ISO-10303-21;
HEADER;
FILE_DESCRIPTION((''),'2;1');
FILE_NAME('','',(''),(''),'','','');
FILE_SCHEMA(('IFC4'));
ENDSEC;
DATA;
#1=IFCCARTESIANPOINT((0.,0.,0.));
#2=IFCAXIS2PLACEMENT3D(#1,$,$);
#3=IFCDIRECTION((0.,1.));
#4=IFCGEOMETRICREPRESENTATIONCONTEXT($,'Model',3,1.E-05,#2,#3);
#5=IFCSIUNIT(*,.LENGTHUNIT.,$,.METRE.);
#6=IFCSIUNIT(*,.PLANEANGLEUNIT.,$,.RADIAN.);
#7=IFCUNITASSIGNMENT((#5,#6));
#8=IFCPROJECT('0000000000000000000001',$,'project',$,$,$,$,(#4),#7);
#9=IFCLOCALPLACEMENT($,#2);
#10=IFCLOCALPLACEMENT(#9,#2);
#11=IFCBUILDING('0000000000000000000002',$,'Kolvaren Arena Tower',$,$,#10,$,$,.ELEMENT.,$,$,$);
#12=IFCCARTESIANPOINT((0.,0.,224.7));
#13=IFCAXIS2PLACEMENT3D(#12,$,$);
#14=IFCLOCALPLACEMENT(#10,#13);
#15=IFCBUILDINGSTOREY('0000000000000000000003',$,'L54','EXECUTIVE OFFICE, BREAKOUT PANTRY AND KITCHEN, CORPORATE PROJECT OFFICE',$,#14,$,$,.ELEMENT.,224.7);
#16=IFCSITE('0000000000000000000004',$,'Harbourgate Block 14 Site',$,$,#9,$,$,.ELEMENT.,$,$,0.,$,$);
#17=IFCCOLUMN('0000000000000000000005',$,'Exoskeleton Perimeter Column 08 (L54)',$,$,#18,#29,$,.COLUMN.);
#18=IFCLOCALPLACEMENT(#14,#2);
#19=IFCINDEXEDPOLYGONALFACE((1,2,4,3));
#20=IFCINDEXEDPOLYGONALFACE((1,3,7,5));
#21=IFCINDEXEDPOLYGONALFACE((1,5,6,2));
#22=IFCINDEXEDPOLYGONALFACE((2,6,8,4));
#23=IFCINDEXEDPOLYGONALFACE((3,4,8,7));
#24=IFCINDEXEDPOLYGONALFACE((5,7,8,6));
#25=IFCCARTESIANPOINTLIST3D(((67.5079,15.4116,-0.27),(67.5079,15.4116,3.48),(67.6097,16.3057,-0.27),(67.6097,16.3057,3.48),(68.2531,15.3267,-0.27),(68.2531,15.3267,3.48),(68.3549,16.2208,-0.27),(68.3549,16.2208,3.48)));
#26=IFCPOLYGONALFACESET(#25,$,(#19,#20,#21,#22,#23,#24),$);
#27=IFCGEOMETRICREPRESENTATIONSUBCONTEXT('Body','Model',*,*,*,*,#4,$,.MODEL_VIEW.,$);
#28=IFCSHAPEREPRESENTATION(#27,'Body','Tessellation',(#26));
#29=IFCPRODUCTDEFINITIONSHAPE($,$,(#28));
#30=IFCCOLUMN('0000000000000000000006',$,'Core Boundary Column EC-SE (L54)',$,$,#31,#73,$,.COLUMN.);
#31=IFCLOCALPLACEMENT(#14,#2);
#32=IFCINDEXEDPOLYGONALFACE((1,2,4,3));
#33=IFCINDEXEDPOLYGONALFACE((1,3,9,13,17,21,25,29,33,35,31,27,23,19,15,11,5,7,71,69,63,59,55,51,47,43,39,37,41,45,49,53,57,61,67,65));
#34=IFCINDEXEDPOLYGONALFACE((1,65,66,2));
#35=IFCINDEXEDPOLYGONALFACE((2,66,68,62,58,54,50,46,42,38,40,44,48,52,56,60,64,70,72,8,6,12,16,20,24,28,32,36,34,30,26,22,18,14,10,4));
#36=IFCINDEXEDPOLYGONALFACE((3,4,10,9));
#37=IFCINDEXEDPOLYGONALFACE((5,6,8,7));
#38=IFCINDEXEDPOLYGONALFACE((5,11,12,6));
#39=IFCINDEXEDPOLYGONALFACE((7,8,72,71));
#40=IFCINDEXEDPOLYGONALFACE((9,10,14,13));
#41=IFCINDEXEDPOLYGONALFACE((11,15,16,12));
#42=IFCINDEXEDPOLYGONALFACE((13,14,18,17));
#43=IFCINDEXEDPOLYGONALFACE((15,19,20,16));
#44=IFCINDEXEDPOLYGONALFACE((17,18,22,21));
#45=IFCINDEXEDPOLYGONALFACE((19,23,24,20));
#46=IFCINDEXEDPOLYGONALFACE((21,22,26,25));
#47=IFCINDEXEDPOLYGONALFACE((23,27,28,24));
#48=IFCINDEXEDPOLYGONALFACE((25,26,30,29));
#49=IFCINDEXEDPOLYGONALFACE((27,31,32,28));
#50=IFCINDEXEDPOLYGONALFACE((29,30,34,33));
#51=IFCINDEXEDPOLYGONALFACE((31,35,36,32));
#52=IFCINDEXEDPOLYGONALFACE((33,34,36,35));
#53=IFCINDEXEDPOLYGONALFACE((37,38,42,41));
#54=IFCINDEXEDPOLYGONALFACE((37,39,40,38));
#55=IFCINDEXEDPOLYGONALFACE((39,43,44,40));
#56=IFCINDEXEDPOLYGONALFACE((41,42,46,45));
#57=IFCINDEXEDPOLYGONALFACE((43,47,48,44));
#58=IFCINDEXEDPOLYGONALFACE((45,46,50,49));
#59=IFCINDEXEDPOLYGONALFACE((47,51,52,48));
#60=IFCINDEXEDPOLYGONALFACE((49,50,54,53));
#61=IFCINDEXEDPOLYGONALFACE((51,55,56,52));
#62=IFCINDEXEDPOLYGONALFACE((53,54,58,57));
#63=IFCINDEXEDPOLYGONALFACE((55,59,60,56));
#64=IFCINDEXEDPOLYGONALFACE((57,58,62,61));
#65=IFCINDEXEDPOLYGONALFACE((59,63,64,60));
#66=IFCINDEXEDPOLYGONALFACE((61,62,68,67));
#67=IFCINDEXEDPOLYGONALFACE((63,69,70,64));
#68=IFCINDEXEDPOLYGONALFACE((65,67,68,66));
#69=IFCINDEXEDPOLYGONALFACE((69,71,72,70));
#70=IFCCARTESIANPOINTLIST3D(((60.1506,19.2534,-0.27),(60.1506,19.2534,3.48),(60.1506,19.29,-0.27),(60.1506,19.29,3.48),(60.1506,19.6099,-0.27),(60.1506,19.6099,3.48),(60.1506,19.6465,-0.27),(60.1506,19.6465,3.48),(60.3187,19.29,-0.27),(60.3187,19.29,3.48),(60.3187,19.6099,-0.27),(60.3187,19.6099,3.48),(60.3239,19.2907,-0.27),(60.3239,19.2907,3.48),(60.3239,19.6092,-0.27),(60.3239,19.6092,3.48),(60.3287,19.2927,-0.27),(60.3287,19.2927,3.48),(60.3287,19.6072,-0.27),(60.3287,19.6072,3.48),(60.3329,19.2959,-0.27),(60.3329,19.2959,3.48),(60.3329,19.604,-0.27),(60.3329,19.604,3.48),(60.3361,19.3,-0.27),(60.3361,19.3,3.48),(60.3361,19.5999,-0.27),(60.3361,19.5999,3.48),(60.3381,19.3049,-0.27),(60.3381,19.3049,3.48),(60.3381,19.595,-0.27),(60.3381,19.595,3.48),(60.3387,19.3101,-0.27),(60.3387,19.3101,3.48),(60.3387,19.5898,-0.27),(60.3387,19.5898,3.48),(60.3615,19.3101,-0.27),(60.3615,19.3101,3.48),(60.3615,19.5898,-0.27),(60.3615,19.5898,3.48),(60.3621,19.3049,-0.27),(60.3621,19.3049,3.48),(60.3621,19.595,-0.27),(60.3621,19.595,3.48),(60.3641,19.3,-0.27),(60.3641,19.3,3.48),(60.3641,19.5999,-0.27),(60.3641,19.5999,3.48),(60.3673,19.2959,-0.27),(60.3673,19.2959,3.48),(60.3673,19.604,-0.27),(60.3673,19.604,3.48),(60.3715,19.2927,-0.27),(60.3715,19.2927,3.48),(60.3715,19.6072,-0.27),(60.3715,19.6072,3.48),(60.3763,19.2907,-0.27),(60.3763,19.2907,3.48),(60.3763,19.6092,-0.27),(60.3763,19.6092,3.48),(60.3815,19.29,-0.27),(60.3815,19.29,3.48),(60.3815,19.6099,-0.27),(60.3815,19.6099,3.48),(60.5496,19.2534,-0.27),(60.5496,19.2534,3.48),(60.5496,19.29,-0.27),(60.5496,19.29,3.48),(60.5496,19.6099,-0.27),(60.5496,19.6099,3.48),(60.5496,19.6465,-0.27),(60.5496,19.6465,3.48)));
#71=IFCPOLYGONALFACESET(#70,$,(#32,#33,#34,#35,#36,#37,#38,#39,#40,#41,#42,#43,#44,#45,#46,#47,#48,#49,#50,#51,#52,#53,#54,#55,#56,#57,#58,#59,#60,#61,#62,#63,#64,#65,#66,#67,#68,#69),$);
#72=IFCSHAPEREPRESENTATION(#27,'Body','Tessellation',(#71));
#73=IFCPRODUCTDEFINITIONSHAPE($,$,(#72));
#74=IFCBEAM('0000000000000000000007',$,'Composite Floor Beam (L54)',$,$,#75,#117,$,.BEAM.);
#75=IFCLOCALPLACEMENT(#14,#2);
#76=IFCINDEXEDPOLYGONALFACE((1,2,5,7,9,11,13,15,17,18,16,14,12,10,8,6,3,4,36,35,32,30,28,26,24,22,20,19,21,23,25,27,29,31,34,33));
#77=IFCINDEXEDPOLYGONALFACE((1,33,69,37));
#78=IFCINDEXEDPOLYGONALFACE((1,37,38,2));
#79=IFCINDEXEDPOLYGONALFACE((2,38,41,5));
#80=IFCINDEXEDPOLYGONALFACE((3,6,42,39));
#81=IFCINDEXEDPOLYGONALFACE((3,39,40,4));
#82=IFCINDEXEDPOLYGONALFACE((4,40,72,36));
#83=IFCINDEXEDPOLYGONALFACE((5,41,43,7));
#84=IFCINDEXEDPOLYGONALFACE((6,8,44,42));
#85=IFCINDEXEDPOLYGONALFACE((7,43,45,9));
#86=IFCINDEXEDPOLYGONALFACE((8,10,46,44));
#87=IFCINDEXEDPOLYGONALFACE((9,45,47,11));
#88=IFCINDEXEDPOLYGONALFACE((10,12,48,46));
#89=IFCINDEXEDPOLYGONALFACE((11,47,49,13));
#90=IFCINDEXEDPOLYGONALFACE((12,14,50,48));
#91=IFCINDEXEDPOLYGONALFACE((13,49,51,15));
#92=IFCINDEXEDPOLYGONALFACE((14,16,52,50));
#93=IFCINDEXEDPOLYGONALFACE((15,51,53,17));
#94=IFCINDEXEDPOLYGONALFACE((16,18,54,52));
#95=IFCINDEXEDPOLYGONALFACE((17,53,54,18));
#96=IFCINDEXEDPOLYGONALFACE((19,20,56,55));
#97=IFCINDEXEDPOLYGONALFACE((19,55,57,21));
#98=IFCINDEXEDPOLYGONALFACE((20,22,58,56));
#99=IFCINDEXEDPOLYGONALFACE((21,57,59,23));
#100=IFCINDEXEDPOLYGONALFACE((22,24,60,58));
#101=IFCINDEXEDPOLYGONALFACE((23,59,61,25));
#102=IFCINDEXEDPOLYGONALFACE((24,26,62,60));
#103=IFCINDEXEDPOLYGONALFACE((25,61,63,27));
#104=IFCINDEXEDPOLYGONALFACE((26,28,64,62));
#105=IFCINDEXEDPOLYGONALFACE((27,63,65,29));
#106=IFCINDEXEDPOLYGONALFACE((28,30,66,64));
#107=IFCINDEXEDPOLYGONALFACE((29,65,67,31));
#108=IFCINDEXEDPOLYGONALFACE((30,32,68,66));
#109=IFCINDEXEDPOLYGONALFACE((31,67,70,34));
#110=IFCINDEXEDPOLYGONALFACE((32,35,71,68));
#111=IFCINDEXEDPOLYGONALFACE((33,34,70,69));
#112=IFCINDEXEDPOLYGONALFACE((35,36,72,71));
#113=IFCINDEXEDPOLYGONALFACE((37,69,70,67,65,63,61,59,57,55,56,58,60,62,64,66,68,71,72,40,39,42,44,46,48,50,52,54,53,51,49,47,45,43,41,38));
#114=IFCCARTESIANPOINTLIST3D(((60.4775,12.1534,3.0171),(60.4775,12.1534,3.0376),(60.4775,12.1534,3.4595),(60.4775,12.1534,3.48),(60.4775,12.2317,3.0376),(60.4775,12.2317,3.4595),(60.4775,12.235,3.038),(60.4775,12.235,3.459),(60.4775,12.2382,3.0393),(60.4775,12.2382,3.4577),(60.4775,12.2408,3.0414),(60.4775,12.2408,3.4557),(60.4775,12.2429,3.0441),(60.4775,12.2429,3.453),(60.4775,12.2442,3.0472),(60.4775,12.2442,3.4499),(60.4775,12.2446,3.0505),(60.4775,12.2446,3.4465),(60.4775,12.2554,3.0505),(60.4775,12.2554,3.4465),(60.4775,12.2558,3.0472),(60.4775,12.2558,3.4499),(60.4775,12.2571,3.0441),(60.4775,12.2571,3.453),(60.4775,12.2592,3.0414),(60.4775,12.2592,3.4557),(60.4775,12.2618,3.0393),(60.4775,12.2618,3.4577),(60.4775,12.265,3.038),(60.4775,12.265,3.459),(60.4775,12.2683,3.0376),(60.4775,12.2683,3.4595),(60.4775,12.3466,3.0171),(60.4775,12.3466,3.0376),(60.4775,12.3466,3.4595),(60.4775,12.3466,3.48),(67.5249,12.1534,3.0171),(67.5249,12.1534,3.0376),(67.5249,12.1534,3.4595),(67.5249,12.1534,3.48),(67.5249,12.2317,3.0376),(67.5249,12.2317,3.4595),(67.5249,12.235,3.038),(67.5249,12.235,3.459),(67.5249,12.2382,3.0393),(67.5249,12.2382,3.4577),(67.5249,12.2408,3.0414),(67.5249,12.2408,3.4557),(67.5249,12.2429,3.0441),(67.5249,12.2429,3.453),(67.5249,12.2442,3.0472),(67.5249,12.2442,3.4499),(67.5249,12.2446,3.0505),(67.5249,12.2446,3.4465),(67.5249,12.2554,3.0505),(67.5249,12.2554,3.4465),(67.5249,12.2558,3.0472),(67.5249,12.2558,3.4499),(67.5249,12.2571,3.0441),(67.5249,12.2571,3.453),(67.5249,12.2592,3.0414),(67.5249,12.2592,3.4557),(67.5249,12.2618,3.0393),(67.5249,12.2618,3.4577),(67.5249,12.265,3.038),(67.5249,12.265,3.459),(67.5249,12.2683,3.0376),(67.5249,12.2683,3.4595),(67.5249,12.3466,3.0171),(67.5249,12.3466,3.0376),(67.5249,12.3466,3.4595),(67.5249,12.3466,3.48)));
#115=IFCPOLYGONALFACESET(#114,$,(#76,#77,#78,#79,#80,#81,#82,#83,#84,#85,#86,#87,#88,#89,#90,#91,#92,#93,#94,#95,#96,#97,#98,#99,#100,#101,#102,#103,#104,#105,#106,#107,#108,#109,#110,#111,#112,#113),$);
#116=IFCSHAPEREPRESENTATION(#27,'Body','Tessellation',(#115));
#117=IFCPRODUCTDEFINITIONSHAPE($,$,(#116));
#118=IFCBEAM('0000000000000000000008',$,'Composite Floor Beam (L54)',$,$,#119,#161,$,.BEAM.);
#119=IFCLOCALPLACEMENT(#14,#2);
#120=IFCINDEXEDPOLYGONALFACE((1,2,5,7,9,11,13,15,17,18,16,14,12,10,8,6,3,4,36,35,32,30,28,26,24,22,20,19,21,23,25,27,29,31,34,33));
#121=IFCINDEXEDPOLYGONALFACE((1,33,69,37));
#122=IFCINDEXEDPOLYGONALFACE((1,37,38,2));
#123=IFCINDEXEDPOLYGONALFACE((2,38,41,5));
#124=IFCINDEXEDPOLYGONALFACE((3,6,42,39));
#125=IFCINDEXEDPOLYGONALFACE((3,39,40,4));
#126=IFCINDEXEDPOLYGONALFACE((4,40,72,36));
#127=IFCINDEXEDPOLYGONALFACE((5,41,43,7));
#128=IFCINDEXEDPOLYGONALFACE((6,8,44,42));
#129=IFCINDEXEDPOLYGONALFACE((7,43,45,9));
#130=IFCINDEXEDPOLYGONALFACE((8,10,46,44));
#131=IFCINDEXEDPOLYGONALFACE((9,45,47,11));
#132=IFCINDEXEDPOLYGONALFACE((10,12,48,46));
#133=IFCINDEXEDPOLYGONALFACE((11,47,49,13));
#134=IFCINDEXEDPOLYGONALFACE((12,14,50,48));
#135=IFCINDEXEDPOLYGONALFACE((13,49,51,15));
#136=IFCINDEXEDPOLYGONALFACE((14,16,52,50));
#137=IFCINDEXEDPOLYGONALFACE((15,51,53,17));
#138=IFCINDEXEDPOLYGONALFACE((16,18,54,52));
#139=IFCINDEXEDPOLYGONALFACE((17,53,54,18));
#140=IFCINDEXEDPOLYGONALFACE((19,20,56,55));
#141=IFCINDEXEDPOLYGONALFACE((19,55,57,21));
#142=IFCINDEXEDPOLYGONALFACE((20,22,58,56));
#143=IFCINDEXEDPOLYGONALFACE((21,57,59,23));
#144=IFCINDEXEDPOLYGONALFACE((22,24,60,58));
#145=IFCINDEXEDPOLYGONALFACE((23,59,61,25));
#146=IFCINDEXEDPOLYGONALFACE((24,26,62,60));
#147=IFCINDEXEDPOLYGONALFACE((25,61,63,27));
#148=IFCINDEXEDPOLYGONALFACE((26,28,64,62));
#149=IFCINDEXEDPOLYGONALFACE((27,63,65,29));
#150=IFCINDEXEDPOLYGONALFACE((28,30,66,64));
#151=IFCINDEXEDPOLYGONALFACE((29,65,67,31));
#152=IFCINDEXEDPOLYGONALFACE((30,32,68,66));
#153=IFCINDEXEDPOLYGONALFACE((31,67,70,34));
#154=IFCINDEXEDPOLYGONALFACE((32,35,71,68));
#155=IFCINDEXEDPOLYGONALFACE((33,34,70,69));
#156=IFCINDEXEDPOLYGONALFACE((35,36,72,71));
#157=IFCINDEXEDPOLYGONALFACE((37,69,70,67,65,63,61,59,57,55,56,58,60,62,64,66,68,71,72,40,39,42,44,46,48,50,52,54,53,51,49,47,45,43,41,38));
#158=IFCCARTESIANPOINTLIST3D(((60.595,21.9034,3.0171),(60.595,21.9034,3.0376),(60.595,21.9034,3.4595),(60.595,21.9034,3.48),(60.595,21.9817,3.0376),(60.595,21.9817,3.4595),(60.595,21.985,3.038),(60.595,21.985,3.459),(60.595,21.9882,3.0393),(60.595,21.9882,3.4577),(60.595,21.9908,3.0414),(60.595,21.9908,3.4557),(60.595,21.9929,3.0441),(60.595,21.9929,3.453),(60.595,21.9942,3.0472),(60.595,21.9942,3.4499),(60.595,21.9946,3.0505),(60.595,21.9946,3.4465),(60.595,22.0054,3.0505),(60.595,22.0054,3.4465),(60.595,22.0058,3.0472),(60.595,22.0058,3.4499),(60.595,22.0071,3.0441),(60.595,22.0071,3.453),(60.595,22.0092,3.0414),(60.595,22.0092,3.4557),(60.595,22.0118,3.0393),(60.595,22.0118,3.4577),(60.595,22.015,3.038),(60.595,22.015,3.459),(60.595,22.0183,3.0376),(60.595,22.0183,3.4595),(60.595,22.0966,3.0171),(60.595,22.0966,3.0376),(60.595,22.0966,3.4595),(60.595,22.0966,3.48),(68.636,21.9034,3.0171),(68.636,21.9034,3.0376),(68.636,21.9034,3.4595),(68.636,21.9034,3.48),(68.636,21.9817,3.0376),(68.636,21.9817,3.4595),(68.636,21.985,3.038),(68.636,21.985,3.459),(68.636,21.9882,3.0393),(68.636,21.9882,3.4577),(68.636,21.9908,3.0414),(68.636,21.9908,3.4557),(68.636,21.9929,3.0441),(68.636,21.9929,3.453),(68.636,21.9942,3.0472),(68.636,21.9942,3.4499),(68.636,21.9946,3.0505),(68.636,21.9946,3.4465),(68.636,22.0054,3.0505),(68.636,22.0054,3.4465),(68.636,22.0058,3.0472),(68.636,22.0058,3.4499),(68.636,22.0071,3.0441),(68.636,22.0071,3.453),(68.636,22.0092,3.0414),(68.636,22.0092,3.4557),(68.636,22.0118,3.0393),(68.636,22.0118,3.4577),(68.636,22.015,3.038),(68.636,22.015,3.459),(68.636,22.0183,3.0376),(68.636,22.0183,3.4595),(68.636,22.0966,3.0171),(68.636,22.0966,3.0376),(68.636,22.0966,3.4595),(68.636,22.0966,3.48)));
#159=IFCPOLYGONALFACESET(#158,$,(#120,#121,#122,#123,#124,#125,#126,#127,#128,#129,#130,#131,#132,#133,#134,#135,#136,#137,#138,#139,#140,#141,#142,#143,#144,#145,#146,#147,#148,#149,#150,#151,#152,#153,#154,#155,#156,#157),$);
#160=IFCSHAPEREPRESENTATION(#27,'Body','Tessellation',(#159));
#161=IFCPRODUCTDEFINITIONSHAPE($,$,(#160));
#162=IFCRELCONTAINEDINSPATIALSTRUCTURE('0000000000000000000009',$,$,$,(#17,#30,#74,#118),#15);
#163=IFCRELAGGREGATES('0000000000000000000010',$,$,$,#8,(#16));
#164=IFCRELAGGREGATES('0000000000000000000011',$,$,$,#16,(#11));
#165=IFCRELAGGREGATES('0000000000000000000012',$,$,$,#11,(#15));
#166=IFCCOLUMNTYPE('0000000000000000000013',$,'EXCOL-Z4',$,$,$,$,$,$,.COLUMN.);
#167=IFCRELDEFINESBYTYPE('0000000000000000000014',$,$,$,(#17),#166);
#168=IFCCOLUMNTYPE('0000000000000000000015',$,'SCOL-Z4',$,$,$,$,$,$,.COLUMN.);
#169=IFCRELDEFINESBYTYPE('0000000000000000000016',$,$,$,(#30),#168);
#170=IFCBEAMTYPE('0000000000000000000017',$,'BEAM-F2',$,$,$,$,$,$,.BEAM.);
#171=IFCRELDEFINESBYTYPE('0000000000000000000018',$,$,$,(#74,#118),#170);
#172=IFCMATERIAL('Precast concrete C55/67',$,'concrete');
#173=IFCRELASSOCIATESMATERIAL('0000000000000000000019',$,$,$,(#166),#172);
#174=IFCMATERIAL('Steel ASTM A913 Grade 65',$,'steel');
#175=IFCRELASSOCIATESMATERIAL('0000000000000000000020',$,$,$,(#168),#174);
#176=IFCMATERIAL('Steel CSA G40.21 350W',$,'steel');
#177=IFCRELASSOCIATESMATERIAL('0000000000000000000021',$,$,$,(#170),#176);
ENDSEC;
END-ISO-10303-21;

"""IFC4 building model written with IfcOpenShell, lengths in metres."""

from ifc_helpers import new_model, si_unit, direction, frame, origin, origin_2d, place, context, subcontext, project, spatial, rectangle, i_section, extrude, material, material_profile, profile_set, type_object, element, save


model = new_model("IFC4")

# Units and contexts
model_context = context("Model", 3, precision=1e-05, world=origin(), true_north=direction((0.0, 1.0)))
body_context = subcontext(model_context, "Body", "Model", "MODEL_VIEW")
ifc_project = project(units=[si_unit("LENGTHUNIT", "METRE"), si_unit("PLANEANGLEUNIT", "RADIAN")], contexts=[model_context])

# Site, building, storey
site_placement = place(None, origin())
site = spatial("IfcSite", under=ifc_project, at=site_placement, Name="Harbourgate Block 14 Site", CompositionType="ELEMENT", RefElevation=0.0)
building_placement = place(site_placement, origin())
building = spatial("IfcBuilding", under=site, at=building_placement, Name="Kolvaren Arena Tower", CompositionType="ELEMENT")
storey_placement = place(building_placement, frame((0.0, 0.0, 224.7)))
storey = spatial("IfcBuildingStorey", under=building, at=storey_placement, Name="L54", Description="EXECUTIVE OFFICE, BREAKOUT PANTRY AND KITCHEN, CORPORATE PROJECT OFFICE", CompositionType="ELEMENT", Elevation=224.7)

# Columns
ifc_material_1 = material(Name="Precast concrete C55/67", Category="concrete")
ifc_material_profile_1 = material_profile(ifc_material_1, rectangle(XDim=0.8999, YDim=0.75, at=origin_2d()), Name="RC-900x750")
ifc_profile_set_1 = profile_set([ifc_material_profile_1], Name="Precast concrete C55/67")
column_type_1 = type_object("IfcColumnType", Name="EXCOL-Z4", PredefinedType="COLUMN", material=ifc_profile_set_1)
column_1_placement = place(storey_placement, frame((67.9314, 15.8162, -0.27), z_axis=(0.0, 0.0, 1.0), x_axis=(0.113203, 0.993572, 0.0)))
element("IfcColumn", 1, at=column_1_placement, inside=storey, type_object=column_type_1, Name="Exoskeleton Perimeter Column 08 (L54)", PredefinedType="COLUMN", context=body_context, shape_type="SweptSolid", body=[
    extrude(rectangle(XDim=0.8999, YDim=0.75, at=origin_2d()), origin(), (0.0, 0.0, 1.0), 3.75),
])
ifc_material_2 = material(Name="Steel ASTM A913 Grade 65", Category="steel")
ifc_material_profile_2 = material_profile(ifc_material_2, i_section(OverallWidth=0.3989, OverallDepth=0.3931, WebThickness=0.0227, FlangeThickness=0.0366, FilletRadius=0.02, at=origin_2d()), Name="W360x287")
ifc_profile_set_2 = profile_set([ifc_material_profile_2], Name="Steel ASTM A913 Grade 65")
column_type_2 = type_object("IfcColumnType", Name="SCOL-Z4", PredefinedType="COLUMN", material=ifc_profile_set_2)
column_2_placement = place(storey_placement, frame((60.3501, 19.45, -0.27), z_axis=(0.0, 0.0, 1.0), x_axis=(1.0, 0.0, 0.0)))
element("IfcColumn", 2, at=column_2_placement, inside=storey, type_object=column_type_2, Name="Core Boundary Column EC-SE (L54)", PredefinedType="COLUMN", context=body_context, shape_type="SweptSolid", body=[
    extrude(i_section(OverallWidth=0.3989, OverallDepth=0.3931, WebThickness=0.0227, FlangeThickness=0.0366, FilletRadius=0.02, at=origin_2d()), origin(), (0.0, 0.0, 1.0), 3.75),
])

# Beams
ifc_material_3 = material(Name="Steel CSA G40.21 350W", Category="steel")
ifc_material_profile_3 = material_profile(ifc_material_3, i_section(OverallWidth=0.1931, OverallDepth=0.4629, WebThickness=0.0107, FlangeThickness=0.0205, FilletRadius=0.0129, at=origin_2d()), Name="W460x113")
ifc_profile_set_3 = profile_set([ifc_material_profile_3], Name="Steel CSA G40.21 350W")
beam_type_1 = type_object("IfcBeamType", Name="BEAM-F2", PredefinedType="BEAM", material=ifc_profile_set_3)
beam_1_placement = place(storey_placement, frame((60.4775, 12.25, 3.2485), z_axis=(1.0, 0.0, 0.0), x_axis=(0.0, 1.0, 0.0)))
element("IfcBeam", 3, at=beam_1_placement, inside=storey, type_object=beam_type_1, Name="Composite Floor Beam (L54)", PredefinedType="BEAM", context=body_context, shape_type="SweptSolid", body=[
    extrude(i_section(OverallWidth=0.1931, OverallDepth=0.4629, WebThickness=0.0107, FlangeThickness=0.0205, FilletRadius=0.0129, at=origin_2d()), origin(), (0.0, 0.0, 1.0), 7.0474),
])
beam_2_placement = place(storey_placement, frame((60.595, 22.0, 3.2485), z_axis=(1.0, 0.0, 0.0), x_axis=(0.0, 1.0, 0.0)))
element("IfcBeam", 4, at=beam_2_placement, inside=storey, type_object=beam_type_1, Name="Composite Floor Beam (L54)", PredefinedType="BEAM", context=body_context, shape_type="SweptSolid", body=[
    extrude(i_section(OverallWidth=0.1931, OverallDepth=0.4629, WebThickness=0.0107, FlangeThickness=0.0205, FilletRadius=0.0129, at=origin_2d()), origin(), (0.0, 0.0, 1.0), 8.041),
])

save(model, "model.ifc")
